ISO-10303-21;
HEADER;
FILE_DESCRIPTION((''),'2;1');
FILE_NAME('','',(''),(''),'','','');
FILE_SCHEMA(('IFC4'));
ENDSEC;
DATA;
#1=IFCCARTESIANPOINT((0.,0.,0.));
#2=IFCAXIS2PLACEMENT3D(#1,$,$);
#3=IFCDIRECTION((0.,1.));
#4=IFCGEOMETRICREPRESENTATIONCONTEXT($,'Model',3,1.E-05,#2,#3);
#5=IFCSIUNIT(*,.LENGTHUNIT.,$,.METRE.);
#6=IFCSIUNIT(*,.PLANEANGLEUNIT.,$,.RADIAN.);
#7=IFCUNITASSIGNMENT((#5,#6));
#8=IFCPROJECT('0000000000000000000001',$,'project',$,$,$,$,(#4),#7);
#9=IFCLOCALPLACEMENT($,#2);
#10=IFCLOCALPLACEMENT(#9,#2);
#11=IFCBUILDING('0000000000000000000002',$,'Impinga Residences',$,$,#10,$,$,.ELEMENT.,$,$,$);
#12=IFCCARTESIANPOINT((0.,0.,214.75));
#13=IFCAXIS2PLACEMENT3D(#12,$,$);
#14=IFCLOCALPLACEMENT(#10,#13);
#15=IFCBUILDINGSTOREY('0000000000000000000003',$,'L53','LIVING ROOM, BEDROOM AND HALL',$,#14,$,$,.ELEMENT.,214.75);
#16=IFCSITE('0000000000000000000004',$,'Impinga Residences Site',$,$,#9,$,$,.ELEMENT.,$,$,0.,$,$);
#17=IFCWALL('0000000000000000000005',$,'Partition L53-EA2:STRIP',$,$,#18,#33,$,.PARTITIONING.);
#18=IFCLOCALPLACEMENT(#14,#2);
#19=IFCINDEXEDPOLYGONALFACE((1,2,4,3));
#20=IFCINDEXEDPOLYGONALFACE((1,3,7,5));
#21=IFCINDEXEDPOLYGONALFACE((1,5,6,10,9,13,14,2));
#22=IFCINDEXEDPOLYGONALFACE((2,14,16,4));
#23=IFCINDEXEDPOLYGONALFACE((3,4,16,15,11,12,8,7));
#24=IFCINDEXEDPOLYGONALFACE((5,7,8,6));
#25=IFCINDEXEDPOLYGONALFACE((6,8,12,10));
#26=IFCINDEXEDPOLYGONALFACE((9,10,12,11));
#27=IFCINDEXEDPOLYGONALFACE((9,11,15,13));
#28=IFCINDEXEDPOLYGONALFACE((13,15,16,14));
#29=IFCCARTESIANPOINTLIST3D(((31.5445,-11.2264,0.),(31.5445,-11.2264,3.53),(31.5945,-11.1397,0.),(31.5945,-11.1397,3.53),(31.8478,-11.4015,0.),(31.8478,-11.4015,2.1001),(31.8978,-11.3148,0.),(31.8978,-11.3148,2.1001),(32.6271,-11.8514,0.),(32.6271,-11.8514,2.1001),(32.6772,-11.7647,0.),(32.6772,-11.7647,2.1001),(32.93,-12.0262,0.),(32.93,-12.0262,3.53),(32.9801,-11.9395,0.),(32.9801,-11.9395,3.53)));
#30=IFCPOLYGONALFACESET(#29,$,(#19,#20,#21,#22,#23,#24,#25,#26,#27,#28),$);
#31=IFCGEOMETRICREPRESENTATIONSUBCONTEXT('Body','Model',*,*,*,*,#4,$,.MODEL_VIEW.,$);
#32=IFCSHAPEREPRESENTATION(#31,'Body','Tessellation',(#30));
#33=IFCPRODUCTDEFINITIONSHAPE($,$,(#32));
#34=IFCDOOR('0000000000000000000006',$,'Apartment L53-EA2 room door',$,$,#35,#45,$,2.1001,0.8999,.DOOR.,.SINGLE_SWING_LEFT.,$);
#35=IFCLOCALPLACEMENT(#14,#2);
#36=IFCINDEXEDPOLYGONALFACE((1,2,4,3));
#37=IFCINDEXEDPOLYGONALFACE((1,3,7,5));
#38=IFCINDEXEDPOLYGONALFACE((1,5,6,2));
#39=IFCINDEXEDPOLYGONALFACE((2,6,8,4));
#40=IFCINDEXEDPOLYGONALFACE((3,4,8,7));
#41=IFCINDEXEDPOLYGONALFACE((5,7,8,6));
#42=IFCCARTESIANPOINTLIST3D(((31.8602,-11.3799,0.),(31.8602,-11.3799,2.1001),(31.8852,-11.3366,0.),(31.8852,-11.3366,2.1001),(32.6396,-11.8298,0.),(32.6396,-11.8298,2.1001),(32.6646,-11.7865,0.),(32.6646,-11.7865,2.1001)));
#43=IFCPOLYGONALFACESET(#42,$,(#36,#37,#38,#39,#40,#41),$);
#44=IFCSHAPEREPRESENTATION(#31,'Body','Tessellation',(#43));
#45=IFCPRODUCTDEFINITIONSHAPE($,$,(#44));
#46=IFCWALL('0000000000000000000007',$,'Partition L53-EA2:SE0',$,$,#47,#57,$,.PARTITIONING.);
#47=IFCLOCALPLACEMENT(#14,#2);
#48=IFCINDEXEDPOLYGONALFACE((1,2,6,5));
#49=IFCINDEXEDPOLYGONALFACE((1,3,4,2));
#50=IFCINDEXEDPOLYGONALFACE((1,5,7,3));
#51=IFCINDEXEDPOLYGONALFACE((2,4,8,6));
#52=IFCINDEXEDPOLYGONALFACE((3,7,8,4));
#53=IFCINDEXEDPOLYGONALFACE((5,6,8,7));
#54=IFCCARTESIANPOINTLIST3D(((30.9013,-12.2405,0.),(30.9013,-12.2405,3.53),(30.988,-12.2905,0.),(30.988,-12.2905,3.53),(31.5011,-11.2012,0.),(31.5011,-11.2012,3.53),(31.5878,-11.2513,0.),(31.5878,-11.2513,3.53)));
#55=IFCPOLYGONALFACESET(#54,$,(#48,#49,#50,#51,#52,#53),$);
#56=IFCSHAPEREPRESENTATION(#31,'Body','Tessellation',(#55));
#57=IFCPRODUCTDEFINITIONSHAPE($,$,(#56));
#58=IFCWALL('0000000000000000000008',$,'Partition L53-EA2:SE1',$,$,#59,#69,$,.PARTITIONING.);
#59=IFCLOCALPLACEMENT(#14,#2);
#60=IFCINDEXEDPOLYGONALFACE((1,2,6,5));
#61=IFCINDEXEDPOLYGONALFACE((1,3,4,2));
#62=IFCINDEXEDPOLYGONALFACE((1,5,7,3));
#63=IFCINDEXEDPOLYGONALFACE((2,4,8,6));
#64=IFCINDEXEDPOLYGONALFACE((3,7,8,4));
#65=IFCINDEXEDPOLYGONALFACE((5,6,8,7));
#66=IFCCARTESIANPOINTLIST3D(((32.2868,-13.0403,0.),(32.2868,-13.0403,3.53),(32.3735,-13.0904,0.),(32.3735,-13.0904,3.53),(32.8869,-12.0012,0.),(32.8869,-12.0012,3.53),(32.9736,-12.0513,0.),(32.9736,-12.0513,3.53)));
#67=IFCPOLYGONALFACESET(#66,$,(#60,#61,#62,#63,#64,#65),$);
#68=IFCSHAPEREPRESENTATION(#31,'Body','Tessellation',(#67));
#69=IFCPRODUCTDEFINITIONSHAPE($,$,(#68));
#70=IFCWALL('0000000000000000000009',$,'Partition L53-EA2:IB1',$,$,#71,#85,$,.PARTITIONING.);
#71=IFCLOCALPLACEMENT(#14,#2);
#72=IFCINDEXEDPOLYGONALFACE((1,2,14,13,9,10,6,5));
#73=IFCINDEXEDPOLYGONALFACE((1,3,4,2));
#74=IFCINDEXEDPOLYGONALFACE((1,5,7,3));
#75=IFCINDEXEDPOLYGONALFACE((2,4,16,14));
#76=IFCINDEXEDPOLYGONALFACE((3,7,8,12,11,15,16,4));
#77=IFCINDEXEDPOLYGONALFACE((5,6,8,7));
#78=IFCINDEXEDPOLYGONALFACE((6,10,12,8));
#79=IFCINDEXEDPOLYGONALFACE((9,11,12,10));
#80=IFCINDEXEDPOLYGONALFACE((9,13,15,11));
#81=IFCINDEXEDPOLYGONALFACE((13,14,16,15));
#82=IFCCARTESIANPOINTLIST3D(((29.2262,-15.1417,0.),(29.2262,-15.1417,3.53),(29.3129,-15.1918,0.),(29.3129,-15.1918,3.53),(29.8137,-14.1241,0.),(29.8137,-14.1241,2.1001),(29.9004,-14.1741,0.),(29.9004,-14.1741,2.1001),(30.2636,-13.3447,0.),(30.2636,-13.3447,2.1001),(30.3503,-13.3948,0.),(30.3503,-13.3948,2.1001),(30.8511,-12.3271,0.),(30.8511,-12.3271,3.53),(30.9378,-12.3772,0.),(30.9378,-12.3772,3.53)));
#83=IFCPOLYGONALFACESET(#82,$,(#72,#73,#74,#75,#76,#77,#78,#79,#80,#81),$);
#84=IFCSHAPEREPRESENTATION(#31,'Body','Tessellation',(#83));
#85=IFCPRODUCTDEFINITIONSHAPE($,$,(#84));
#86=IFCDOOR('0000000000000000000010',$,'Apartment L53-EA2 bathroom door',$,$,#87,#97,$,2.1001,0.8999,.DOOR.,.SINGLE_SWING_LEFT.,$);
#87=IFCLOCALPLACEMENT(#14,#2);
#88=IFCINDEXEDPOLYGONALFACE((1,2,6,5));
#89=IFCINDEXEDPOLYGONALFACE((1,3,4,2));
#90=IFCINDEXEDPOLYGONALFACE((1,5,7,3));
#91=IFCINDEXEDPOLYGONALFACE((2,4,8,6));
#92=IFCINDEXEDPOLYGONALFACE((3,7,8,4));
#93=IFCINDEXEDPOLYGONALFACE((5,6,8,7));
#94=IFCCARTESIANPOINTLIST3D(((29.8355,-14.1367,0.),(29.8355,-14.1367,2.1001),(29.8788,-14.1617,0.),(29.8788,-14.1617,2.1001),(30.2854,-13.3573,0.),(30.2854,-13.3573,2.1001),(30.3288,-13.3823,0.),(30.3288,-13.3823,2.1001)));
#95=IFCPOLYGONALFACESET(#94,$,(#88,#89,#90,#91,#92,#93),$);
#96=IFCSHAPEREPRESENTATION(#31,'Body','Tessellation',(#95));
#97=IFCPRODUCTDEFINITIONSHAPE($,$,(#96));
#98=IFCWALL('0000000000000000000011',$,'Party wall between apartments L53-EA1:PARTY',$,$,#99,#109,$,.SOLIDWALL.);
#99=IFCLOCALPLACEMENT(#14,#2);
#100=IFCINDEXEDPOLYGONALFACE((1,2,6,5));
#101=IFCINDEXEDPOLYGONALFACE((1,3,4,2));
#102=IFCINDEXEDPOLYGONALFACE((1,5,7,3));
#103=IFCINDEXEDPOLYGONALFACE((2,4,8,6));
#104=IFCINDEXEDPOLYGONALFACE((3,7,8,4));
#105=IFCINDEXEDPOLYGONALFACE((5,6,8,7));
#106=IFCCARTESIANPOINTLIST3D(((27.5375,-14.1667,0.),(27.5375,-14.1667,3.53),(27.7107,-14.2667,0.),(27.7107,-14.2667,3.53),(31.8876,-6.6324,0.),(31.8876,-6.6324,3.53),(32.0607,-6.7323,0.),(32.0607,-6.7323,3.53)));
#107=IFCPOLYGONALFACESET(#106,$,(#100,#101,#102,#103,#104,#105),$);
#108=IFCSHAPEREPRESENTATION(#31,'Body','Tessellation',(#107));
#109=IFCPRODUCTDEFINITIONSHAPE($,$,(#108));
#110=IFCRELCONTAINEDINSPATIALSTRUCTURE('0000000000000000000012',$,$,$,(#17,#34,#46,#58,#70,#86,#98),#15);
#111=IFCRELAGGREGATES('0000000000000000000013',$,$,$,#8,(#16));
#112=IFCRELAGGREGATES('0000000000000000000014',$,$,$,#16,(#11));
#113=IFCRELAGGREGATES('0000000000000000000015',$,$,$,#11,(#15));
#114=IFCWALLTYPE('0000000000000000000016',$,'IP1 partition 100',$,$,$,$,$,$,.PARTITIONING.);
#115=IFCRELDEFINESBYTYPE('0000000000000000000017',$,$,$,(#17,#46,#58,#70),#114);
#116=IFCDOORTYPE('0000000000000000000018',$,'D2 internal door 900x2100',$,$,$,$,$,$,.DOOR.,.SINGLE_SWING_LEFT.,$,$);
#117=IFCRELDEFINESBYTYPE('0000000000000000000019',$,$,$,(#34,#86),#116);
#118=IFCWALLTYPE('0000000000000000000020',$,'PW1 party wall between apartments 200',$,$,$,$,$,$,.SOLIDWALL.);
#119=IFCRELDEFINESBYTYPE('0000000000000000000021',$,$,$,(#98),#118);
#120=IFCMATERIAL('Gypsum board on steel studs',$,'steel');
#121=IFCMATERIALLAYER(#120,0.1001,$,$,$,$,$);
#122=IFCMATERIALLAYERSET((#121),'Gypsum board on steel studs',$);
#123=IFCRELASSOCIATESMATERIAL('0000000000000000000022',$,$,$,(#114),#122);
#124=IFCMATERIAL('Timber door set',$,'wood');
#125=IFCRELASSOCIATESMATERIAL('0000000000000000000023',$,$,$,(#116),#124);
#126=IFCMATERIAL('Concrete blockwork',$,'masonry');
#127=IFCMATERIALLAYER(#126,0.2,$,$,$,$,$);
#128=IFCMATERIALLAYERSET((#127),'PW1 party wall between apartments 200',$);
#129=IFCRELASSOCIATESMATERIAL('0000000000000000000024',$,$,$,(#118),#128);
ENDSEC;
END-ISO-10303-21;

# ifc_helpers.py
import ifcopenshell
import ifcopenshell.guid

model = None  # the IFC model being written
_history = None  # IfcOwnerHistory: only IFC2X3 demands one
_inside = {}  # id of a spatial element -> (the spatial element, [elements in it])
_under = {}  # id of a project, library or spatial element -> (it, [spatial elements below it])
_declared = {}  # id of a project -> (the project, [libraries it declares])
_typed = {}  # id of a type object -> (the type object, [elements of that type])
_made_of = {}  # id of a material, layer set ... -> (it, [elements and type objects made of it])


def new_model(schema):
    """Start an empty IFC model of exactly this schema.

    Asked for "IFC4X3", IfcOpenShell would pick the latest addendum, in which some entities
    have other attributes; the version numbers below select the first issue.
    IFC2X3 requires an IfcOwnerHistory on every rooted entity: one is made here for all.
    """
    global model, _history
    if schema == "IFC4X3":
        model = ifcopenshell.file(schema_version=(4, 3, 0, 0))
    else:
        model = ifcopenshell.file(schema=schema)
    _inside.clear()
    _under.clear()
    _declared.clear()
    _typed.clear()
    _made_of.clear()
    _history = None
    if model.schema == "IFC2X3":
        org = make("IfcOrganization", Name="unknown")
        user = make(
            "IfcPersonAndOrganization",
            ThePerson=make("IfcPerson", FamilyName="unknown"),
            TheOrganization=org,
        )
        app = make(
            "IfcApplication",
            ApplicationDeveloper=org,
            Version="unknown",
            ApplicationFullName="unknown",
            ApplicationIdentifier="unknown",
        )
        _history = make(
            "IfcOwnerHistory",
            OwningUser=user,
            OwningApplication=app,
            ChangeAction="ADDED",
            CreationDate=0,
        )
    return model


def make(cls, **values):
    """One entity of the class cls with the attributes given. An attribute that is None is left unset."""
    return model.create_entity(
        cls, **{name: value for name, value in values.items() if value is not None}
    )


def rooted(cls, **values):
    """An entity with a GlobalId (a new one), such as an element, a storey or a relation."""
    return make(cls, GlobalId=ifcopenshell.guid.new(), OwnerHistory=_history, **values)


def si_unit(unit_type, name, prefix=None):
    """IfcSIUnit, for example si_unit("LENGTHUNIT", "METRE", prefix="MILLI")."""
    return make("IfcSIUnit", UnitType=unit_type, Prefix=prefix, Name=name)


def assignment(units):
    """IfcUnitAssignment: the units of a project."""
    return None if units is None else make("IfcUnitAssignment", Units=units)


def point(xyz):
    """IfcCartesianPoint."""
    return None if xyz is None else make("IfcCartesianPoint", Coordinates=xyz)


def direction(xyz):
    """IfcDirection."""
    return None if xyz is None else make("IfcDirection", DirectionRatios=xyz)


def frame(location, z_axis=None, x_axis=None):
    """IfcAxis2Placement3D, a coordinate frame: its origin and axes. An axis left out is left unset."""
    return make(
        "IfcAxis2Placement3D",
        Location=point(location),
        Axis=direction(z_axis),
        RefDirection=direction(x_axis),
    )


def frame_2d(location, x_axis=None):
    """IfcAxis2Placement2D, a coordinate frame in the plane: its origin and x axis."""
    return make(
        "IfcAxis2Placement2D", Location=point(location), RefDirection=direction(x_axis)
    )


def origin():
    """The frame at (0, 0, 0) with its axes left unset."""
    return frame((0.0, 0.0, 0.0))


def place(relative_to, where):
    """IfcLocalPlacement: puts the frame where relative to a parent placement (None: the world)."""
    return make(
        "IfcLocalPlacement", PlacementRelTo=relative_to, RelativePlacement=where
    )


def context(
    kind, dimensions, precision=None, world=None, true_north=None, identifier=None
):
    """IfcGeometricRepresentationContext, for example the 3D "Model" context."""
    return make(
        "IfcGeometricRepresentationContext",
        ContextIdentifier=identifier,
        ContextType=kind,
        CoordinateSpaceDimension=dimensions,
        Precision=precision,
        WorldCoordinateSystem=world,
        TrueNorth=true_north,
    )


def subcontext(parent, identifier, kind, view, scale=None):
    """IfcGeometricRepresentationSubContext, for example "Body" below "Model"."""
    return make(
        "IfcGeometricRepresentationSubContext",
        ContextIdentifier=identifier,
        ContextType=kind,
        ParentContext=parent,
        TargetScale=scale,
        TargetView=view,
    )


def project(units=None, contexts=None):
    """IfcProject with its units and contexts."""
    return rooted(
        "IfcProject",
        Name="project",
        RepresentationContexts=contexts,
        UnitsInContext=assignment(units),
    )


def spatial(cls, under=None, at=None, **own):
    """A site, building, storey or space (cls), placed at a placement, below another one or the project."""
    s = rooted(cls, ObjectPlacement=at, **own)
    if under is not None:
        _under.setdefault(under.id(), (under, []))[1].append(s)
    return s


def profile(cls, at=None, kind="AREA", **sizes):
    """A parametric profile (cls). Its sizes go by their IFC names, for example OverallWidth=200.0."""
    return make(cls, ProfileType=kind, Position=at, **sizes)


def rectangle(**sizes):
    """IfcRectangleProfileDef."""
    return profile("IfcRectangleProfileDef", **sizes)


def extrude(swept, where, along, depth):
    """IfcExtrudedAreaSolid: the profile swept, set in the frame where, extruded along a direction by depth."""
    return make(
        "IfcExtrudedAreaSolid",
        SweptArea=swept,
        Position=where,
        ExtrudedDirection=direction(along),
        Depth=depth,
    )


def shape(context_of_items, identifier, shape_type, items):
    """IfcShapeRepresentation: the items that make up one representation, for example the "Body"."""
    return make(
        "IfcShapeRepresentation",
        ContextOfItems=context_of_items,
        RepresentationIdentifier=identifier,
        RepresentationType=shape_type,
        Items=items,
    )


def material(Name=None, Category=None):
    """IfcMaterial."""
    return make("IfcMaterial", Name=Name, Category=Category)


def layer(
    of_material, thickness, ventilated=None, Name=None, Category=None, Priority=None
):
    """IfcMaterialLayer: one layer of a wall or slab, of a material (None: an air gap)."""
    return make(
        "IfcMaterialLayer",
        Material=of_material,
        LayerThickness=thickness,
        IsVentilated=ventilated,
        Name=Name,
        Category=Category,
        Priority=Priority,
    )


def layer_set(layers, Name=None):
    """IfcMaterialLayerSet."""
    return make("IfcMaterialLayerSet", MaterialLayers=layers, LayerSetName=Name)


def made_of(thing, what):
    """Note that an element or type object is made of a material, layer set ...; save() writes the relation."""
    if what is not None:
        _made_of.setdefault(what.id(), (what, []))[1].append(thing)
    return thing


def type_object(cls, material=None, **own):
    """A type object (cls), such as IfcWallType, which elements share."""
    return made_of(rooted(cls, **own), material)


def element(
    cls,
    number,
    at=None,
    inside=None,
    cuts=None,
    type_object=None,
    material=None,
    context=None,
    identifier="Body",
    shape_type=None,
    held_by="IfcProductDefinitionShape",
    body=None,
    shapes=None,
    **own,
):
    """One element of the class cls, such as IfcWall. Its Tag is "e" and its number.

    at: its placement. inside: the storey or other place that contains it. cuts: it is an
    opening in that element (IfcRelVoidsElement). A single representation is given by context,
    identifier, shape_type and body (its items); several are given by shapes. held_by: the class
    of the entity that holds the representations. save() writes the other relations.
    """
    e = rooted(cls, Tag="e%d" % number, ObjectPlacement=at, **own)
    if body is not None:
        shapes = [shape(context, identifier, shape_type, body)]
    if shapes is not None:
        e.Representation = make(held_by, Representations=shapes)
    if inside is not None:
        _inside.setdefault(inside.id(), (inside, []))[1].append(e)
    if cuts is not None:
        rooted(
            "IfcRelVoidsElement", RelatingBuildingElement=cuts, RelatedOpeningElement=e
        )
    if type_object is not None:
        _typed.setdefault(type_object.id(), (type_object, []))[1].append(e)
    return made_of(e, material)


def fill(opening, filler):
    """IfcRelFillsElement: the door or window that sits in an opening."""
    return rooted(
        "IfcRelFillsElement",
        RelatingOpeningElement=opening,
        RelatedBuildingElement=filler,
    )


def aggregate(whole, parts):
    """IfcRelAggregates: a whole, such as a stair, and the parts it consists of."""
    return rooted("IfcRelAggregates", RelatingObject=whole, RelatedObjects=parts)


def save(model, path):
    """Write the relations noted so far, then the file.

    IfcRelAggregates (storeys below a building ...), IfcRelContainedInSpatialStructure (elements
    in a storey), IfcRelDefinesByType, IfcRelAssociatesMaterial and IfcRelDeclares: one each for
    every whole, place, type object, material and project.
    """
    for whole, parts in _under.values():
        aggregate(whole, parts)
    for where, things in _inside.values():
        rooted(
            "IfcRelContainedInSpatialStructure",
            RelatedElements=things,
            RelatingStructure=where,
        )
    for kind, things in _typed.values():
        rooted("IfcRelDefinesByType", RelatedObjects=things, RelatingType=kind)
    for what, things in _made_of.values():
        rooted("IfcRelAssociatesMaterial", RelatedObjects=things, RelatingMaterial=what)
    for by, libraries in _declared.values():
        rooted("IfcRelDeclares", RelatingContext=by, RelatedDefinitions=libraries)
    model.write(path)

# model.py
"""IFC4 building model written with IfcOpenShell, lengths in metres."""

from ifc_helpers import new_model, si_unit, direction, frame, frame_2d, origin, place, context, subcontext, project, spatial, rectangle, extrude, material, layer, layer_set, type_object, element, fill, save


model = new_model("IFC4")

# Units and contexts
model_context = context("Model", 3, precision=1e-05, world=origin(), true_north=direction((0.0, 1.0)))
body_context = subcontext(model_context, "Body", "Model", "MODEL_VIEW")
ifc_project = project(units=[si_unit("LENGTHUNIT", "METRE"), si_unit("PLANEANGLEUNIT", "RADIAN")], contexts=[model_context])

# Site, building, storey
site_placement = place(None, origin())
site = spatial("IfcSite", under=ifc_project, at=site_placement, Name="Impinga Residences Site", CompositionType="ELEMENT", RefElevation=0.0)
building_placement = place(site_placement, origin())
building = spatial("IfcBuilding", under=site, at=building_placement, Name="Impinga Residences", CompositionType="ELEMENT")
storey_placement = place(building_placement, frame((0.0, 0.0, 214.75)))
storey = spatial("IfcBuildingStorey", under=building, at=storey_placement, Name="L53", Description="LIVING ROOM, BEDROOM AND HALL", CompositionType="ELEMENT", Elevation=214.75)

# Shared definitions
ifc_material_1 = material(Name="Gypsum board on steel studs", Category="steel")
ifc_layer_1 = layer(ifc_material_1, 0.1001)
ifc_layer_set_1 = layer_set([ifc_layer_1], Name="Gypsum board on steel studs")
wall_type_1 = type_object("IfcWallType", Name="IP1 partition 100", PredefinedType="PARTITIONING", material=ifc_layer_set_1)

# Wall, opening, door
wall_1_placement = place(storey_placement, frame((31.5696, -11.1831, 0.0), z_axis=(0.0, 0.0, 1.0), x_axis=(0.866056, -0.499947, 0.0)))
wall_1 = element("IfcWall", 1, at=wall_1_placement, inside=storey, type_object=wall_type_1, Name="Partition L53-EA2:STRIP", PredefinedType="PARTITIONING", context=body_context, shape_type="SweptSolid", body=[
    extrude(rectangle(XDim=1.5999, YDim=0.1001, at=frame_2d((0.7998, 0.0))), origin(), (0.0, 0.0, 1.0), 3.53),
])
opening_1_placement = place(wall_1_placement, frame((0.3501, 0.0, 0.0)))
opening_1 = element("IfcOpeningElement", 2, at=opening_1_placement, cuts=wall_1, PredefinedType="OPENING", context=body_context, shape_type="SweptSolid", body=[
    extrude(rectangle(XDim=0.8999, YDim=2.1001, at=frame_2d((0.45, 1.05))), frame((0.0, 0.0601, 0.0), z_axis=(0.0, -1.0, 0.0), x_axis=(1.0, 0.0, 0.0)), (0.0, 0.0, 1.0), 0.1201),
])
ifc_material_2 = material(Name="Timber door set", Category="wood")
door_type = type_object("IfcDoorType", Name="D2 internal door 900x2100", OperationType="SINGLE_SWING_LEFT", PredefinedType="DOOR", material=ifc_material_2)
door_1_placement = place(opening_1_placement, origin())
door_1 = element("IfcDoor", 3, at=door_1_placement, inside=storey, type_object=door_type, Name="Apartment L53-EA2 room door", OperationType="SINGLE_SWING_LEFT", OverallHeight=2.1001, OverallWidth=0.8999, PredefinedType="DOOR", context=body_context, shape_type="SweptSolid", body=[
    extrude(rectangle(XDim=0.8999, YDim=2.1001, at=frame_2d((0.45, 1.05))), frame((0.0, 0.0249, 0.0), z_axis=(0.0, -1.0, 0.0), x_axis=(1.0, 0.0, 0.0)), (0.0, 0.0, 1.0), 0.05),
])
fill(opening_1, door_1)

# Walls
for number, where, z_axis, x_axis, name in (
    (4, (30.9446, -12.2656, 0.0), (0.0, 0.0, 1.0), (0.499881, 0.866094, 0.0), "Partition L53-EA2:SE0"),
    (5, (32.3301, -13.0654, 0.0), (0.0, 0.0, 1.0), (0.500122, 0.865955, 0.0), "Partition L53-EA2:SE1"),
):
    element("IfcWall", number, at=place(storey_placement, frame(where, z_axis=z_axis, x_axis=x_axis)), inside=storey, type_object=wall_type_1, Name=name, PredefinedType="PARTITIONING", context=body_context, shape_type="SweptSolid", body=[
        extrude(rectangle(XDim=1.2, YDim=0.1001, at=frame_2d((0.6001, 0.0))), origin(), (0.0, 0.0, 1.0), 3.53),
    ])

# Wall, opening, door
wall_2_placement = place(storey_placement, frame((29.2695, -15.1667, 0.0), z_axis=(0.0, 0.0, 1.0), x_axis=(0.499985, 0.866034, 0.0)))
wall_2 = element("IfcWall", 6, at=wall_2_placement, inside=storey, type_object=wall_type_1, Name="Partition L53-EA2:IB1", PredefinedType="PARTITIONING", context=body_context, shape_type="SweptSolid", body=[
    extrude(rectangle(XDim=3.25, YDim=0.1001, at=frame_2d((1.625, 0.0))), origin(), (0.0, 0.0, 1.0), 3.53),
])
opening_2_placement = place(wall_2_placement, frame((1.175, 0.0, 0.0)))
opening_2 = element("IfcOpeningElement", 7, at=opening_2_placement, cuts=wall_2, PredefinedType="OPENING", context=body_context, shape_type="SweptSolid", body=[
    extrude(rectangle(XDim=0.8999, YDim=2.1001, at=frame_2d((0.45, 1.05))), frame((0.0, 0.0601, 0.0), z_axis=(0.0, -1.0, 0.0), x_axis=(1.0, 0.0, 0.0)), (0.0, 0.0, 1.0), 0.1201),
])
door_2_placement = place(opening_2_placement, origin())
door_2 = element("IfcDoor", 8, at=door_2_placement, inside=storey, type_object=door_type, Name="Apartment L53-EA2 bathroom door", OperationType="SINGLE_SWING_LEFT", OverallHeight=2.1001, OverallWidth=0.8999, PredefinedType="DOOR", context=body_context, shape_type="SweptSolid", body=[
    extrude(rectangle(XDim=0.8999, YDim=2.1001, at=frame_2d((0.45, 1.05))), frame((0.0, 0.0249, 0.0), z_axis=(0.0, -1.0, 0.0), x_axis=(1.0, 0.0, 0.0)), (0.0, 0.0, 1.0), 0.05),
])
fill(opening_2, door_2)

# Wall
ifc_material_3 = material(Name="Concrete blockwork", Category="masonry")
ifc_layer_2 = layer(ifc_material_3, 0.2)
ifc_layer_set_2 = layer_set([ifc_layer_2], Name="PW1 party wall between apartments 200")
wall_type_2 = type_object("IfcWallType", Name="PW1 party wall between apartments 200", PredefinedType="SOLIDWALL", material=ifc_layer_set_2)
wall_3_placement = place(storey_placement, frame((27.624, -14.2168, 0.0), z_axis=(0.0, 0.0, 1.0), x_axis=(0.500008, 0.866021, 0.0)))
element("IfcWall", 9, at=wall_3_placement, inside=storey, type_object=wall_type_2, Name="Party wall between apartments L53-EA1:PARTY", PredefinedType="SOLIDWALL", context=body_context, shape_type="SweptSolid", body=[
    extrude(rectangle(XDim=8.7, YDim=0.2, at=frame_2d((4.3501, 0.0))), origin(), (0.0, 0.0, 1.0), 3.53),
])

save(model, "model.ifc")
